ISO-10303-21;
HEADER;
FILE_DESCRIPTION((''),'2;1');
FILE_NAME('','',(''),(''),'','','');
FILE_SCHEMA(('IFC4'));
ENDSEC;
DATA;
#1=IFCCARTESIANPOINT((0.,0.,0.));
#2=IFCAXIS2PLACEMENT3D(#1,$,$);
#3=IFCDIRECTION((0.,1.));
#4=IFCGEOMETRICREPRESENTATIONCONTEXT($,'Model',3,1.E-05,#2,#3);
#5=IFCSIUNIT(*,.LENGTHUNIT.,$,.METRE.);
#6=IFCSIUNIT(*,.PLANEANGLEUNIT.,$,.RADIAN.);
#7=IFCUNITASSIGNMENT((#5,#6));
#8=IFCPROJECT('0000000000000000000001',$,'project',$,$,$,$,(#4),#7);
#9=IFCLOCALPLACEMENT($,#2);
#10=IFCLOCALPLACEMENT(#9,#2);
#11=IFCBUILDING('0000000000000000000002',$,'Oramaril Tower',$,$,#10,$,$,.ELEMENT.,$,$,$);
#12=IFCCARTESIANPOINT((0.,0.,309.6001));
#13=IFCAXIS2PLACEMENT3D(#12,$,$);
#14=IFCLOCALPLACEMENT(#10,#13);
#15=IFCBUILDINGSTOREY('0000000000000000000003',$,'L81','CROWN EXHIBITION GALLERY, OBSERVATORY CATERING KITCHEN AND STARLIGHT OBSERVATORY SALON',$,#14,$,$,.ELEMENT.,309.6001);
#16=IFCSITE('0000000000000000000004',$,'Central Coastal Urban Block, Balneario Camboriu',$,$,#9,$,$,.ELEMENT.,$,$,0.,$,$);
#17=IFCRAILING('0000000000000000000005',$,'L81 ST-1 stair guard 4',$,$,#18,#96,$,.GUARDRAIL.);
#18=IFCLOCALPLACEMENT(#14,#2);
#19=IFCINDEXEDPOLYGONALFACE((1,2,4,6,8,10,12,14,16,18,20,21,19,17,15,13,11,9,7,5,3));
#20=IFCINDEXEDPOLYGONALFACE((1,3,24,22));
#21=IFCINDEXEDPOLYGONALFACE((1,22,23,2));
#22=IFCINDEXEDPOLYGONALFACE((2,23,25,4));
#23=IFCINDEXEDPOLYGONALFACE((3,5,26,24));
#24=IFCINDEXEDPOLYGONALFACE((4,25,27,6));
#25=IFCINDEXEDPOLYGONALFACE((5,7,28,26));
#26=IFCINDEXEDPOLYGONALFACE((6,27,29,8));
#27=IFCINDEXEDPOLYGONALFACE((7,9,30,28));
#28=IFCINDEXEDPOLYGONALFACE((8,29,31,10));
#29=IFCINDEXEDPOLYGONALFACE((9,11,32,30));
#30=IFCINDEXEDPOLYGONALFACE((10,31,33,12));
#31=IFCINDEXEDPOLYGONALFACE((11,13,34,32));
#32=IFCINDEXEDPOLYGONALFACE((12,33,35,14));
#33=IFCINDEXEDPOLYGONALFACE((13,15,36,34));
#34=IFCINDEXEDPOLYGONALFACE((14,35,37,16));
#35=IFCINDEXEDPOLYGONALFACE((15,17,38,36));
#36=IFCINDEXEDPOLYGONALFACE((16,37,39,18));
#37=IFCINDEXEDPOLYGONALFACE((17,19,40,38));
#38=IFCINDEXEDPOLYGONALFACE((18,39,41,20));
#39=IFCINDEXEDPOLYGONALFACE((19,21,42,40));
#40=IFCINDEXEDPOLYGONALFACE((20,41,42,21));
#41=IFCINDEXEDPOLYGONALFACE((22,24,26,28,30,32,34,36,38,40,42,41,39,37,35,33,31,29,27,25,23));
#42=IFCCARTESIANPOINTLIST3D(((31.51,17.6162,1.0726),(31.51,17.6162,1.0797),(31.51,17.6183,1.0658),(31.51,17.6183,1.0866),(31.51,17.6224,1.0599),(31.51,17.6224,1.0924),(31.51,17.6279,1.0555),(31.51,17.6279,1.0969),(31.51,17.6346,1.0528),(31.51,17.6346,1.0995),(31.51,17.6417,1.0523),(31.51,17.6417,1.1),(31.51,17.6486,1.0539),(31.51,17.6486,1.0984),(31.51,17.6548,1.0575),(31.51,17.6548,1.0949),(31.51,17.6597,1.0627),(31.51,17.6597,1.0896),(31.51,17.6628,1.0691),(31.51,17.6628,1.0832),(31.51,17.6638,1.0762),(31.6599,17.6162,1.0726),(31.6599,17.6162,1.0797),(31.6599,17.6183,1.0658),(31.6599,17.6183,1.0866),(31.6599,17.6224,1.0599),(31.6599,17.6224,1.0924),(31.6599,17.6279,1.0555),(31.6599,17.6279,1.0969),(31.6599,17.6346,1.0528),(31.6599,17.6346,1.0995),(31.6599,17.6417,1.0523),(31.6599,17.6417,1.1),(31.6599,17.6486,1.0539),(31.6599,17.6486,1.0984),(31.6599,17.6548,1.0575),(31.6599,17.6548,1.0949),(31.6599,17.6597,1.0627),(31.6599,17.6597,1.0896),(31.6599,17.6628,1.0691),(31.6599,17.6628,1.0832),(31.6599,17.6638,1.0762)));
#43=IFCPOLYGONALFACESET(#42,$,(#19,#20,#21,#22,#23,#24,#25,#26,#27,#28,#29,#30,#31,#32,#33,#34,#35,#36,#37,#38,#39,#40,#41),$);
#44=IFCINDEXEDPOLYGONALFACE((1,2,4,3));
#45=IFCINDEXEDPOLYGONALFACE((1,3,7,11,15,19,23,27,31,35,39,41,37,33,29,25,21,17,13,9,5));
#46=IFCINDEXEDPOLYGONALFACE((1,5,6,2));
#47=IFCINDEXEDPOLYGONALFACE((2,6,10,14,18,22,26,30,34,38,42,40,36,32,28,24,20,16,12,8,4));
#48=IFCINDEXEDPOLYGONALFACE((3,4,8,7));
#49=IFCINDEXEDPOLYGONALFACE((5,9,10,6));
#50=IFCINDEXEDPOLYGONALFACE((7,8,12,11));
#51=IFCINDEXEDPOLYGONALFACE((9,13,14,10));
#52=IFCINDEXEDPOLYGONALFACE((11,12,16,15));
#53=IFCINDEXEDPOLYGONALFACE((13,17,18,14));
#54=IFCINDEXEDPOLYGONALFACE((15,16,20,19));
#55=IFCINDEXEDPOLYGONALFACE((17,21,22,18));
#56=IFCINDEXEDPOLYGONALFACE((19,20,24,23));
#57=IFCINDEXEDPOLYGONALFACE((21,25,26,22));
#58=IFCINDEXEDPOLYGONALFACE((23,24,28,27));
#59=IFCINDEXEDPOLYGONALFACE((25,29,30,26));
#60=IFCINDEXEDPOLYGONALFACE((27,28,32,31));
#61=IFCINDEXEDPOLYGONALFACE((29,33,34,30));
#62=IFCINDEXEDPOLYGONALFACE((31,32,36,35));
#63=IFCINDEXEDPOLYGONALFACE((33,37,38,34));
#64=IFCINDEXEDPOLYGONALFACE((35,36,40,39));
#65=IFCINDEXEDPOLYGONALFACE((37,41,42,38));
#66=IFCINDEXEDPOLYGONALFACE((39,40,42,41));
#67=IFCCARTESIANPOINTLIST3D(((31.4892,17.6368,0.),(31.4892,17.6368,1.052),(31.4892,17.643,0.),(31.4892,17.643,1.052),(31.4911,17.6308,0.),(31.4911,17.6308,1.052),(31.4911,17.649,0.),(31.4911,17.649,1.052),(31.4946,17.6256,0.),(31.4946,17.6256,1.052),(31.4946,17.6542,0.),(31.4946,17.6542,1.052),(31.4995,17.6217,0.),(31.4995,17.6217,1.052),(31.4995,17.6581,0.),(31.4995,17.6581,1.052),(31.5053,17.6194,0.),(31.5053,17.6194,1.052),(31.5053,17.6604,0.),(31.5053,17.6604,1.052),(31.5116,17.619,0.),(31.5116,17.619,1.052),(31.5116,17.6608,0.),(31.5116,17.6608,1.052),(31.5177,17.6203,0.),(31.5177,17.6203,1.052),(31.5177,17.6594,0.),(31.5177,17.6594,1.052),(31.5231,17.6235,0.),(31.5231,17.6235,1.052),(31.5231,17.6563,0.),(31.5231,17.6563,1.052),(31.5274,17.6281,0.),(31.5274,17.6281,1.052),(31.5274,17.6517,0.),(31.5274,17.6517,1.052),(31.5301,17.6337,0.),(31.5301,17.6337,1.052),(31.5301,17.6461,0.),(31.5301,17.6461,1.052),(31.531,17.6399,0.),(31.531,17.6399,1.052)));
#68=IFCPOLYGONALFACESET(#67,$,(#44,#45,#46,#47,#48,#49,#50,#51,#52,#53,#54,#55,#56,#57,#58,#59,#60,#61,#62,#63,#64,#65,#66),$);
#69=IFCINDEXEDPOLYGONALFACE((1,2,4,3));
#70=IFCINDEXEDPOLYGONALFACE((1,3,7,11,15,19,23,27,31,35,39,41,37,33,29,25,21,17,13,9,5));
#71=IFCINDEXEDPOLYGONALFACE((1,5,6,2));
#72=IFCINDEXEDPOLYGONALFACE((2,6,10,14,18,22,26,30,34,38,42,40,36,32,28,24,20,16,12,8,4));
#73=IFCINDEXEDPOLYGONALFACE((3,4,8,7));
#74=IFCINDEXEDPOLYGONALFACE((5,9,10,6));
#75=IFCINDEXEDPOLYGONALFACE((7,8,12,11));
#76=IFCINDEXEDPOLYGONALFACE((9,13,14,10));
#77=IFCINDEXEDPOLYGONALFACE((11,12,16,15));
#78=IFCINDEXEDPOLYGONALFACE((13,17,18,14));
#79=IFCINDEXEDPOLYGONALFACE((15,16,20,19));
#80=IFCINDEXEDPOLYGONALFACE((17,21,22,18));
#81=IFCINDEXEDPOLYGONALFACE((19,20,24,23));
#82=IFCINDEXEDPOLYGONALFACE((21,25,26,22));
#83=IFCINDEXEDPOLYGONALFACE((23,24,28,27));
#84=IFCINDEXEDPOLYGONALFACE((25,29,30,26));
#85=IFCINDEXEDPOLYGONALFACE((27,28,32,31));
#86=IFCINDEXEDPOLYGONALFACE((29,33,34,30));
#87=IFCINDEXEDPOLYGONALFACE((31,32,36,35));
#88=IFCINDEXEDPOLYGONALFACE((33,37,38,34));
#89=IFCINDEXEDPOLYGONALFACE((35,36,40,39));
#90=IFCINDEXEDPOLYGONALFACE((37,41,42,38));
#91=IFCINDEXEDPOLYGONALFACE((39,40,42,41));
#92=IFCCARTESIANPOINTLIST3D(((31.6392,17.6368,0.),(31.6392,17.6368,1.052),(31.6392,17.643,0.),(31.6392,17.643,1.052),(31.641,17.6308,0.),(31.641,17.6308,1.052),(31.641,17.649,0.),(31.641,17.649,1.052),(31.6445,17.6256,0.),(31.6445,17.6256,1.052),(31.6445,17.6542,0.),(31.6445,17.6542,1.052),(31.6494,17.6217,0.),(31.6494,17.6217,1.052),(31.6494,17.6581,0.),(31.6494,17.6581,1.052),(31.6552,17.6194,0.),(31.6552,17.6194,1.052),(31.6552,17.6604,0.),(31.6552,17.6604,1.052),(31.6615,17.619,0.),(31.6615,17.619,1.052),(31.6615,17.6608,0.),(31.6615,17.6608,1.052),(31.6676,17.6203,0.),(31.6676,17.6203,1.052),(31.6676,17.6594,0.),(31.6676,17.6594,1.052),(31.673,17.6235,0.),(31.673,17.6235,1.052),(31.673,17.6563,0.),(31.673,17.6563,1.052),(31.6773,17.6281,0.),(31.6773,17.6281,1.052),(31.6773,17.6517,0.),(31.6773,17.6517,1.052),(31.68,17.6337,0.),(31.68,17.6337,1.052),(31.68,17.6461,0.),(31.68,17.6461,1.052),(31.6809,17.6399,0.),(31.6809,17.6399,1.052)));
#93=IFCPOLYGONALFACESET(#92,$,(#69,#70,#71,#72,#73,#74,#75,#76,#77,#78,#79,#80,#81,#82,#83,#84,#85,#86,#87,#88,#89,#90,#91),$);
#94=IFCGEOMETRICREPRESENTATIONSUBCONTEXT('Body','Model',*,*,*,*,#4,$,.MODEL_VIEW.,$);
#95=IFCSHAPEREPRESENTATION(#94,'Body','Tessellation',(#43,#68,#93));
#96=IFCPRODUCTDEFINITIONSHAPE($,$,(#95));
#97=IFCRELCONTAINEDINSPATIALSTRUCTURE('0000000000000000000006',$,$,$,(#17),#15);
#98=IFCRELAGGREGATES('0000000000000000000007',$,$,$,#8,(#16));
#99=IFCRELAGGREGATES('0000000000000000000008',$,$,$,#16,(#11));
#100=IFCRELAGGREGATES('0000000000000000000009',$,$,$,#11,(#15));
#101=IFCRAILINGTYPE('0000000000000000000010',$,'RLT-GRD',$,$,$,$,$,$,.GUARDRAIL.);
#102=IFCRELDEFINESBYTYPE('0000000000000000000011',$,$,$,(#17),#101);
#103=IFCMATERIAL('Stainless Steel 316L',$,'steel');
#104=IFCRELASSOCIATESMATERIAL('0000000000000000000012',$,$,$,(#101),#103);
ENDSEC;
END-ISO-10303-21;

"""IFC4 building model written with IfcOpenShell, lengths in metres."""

from ifc_helpers import new_model, si_unit, direction, frame, origin, origin_2d, place, context, subcontext, project, spatial, circle, extrude, material, type_object, element, save


model = new_model("IFC4")

# Units and contexts
model_context = context("Model", 3, precision=1e-05, world=origin(), true_north=direction((0.0, 1.0)))
body_context = subcontext(model_context, "Body", "Model", "MODEL_VIEW")
ifc_project = project(units=[si_unit("LENGTHUNIT", "METRE"), si_unit("PLANEANGLEUNIT", "RADIAN")], contexts=[model_context])

# Site, building, storey
site_placement = place(None, origin())
site = spatial("IfcSite", under=ifc_project, at=site_placement, Name="Central Coastal Urban Block, Balneario Camboriu", CompositionType="ELEMENT", RefElevation=0.0)
building_placement = place(site_placement, origin())
building = spatial("IfcBuilding", under=site, at=building_placement, Name="Oramaril Tower", CompositionType="ELEMENT")
storey_placement = place(building_placement, frame((0.0, 0.0, 309.6001)))
storey = spatial("IfcBuildingStorey", under=building, at=storey_placement, Name="L81", Description="CROWN EXHIBITION GALLERY, OBSERVATORY CATERING KITCHEN AND STARLIGHT OBSERVATORY SALON", CompositionType="ELEMENT", Elevation=309.6001)

# Railing
ifc_material_1 = material(Name="Stainless Steel 316L", Category="steel")
railing_type_1 = type_object("IfcRailingType", Name="RLT-GRD", PredefinedType="GUARDRAIL", material=ifc_material_1)
railing_1_placement = place(storey_placement, frame((31.51, 17.6399, 0.0)))
element("IfcRailing", 1, at=railing_1_placement, inside=storey, type_object=railing_type_1, Name="L81 ST-1 stair guard 4", PredefinedType="GUARDRAIL", context=body_context, shape_type="SweptSolid", body=[
    extrude(circle(Radius=0.0239, at=origin_2d()), frame((0.0, 0.0, 1.0762), z_axis=(1.0, 0.0, 0.0), x_axis=(0.0, 1.0, 0.0)), (0.0, 0.0, 1.0), 0.1499),
    extrude(circle(Radius=0.021, at=origin_2d()), origin(), (0.0, 0.0, 1.0), 1.052),
    extrude(circle(Radius=0.021, at=origin_2d()), frame((0.1499, 0.0, 0.0)), (0.0, 0.0, 1.0), 1.052),
])

save(model, "model.ifc")
